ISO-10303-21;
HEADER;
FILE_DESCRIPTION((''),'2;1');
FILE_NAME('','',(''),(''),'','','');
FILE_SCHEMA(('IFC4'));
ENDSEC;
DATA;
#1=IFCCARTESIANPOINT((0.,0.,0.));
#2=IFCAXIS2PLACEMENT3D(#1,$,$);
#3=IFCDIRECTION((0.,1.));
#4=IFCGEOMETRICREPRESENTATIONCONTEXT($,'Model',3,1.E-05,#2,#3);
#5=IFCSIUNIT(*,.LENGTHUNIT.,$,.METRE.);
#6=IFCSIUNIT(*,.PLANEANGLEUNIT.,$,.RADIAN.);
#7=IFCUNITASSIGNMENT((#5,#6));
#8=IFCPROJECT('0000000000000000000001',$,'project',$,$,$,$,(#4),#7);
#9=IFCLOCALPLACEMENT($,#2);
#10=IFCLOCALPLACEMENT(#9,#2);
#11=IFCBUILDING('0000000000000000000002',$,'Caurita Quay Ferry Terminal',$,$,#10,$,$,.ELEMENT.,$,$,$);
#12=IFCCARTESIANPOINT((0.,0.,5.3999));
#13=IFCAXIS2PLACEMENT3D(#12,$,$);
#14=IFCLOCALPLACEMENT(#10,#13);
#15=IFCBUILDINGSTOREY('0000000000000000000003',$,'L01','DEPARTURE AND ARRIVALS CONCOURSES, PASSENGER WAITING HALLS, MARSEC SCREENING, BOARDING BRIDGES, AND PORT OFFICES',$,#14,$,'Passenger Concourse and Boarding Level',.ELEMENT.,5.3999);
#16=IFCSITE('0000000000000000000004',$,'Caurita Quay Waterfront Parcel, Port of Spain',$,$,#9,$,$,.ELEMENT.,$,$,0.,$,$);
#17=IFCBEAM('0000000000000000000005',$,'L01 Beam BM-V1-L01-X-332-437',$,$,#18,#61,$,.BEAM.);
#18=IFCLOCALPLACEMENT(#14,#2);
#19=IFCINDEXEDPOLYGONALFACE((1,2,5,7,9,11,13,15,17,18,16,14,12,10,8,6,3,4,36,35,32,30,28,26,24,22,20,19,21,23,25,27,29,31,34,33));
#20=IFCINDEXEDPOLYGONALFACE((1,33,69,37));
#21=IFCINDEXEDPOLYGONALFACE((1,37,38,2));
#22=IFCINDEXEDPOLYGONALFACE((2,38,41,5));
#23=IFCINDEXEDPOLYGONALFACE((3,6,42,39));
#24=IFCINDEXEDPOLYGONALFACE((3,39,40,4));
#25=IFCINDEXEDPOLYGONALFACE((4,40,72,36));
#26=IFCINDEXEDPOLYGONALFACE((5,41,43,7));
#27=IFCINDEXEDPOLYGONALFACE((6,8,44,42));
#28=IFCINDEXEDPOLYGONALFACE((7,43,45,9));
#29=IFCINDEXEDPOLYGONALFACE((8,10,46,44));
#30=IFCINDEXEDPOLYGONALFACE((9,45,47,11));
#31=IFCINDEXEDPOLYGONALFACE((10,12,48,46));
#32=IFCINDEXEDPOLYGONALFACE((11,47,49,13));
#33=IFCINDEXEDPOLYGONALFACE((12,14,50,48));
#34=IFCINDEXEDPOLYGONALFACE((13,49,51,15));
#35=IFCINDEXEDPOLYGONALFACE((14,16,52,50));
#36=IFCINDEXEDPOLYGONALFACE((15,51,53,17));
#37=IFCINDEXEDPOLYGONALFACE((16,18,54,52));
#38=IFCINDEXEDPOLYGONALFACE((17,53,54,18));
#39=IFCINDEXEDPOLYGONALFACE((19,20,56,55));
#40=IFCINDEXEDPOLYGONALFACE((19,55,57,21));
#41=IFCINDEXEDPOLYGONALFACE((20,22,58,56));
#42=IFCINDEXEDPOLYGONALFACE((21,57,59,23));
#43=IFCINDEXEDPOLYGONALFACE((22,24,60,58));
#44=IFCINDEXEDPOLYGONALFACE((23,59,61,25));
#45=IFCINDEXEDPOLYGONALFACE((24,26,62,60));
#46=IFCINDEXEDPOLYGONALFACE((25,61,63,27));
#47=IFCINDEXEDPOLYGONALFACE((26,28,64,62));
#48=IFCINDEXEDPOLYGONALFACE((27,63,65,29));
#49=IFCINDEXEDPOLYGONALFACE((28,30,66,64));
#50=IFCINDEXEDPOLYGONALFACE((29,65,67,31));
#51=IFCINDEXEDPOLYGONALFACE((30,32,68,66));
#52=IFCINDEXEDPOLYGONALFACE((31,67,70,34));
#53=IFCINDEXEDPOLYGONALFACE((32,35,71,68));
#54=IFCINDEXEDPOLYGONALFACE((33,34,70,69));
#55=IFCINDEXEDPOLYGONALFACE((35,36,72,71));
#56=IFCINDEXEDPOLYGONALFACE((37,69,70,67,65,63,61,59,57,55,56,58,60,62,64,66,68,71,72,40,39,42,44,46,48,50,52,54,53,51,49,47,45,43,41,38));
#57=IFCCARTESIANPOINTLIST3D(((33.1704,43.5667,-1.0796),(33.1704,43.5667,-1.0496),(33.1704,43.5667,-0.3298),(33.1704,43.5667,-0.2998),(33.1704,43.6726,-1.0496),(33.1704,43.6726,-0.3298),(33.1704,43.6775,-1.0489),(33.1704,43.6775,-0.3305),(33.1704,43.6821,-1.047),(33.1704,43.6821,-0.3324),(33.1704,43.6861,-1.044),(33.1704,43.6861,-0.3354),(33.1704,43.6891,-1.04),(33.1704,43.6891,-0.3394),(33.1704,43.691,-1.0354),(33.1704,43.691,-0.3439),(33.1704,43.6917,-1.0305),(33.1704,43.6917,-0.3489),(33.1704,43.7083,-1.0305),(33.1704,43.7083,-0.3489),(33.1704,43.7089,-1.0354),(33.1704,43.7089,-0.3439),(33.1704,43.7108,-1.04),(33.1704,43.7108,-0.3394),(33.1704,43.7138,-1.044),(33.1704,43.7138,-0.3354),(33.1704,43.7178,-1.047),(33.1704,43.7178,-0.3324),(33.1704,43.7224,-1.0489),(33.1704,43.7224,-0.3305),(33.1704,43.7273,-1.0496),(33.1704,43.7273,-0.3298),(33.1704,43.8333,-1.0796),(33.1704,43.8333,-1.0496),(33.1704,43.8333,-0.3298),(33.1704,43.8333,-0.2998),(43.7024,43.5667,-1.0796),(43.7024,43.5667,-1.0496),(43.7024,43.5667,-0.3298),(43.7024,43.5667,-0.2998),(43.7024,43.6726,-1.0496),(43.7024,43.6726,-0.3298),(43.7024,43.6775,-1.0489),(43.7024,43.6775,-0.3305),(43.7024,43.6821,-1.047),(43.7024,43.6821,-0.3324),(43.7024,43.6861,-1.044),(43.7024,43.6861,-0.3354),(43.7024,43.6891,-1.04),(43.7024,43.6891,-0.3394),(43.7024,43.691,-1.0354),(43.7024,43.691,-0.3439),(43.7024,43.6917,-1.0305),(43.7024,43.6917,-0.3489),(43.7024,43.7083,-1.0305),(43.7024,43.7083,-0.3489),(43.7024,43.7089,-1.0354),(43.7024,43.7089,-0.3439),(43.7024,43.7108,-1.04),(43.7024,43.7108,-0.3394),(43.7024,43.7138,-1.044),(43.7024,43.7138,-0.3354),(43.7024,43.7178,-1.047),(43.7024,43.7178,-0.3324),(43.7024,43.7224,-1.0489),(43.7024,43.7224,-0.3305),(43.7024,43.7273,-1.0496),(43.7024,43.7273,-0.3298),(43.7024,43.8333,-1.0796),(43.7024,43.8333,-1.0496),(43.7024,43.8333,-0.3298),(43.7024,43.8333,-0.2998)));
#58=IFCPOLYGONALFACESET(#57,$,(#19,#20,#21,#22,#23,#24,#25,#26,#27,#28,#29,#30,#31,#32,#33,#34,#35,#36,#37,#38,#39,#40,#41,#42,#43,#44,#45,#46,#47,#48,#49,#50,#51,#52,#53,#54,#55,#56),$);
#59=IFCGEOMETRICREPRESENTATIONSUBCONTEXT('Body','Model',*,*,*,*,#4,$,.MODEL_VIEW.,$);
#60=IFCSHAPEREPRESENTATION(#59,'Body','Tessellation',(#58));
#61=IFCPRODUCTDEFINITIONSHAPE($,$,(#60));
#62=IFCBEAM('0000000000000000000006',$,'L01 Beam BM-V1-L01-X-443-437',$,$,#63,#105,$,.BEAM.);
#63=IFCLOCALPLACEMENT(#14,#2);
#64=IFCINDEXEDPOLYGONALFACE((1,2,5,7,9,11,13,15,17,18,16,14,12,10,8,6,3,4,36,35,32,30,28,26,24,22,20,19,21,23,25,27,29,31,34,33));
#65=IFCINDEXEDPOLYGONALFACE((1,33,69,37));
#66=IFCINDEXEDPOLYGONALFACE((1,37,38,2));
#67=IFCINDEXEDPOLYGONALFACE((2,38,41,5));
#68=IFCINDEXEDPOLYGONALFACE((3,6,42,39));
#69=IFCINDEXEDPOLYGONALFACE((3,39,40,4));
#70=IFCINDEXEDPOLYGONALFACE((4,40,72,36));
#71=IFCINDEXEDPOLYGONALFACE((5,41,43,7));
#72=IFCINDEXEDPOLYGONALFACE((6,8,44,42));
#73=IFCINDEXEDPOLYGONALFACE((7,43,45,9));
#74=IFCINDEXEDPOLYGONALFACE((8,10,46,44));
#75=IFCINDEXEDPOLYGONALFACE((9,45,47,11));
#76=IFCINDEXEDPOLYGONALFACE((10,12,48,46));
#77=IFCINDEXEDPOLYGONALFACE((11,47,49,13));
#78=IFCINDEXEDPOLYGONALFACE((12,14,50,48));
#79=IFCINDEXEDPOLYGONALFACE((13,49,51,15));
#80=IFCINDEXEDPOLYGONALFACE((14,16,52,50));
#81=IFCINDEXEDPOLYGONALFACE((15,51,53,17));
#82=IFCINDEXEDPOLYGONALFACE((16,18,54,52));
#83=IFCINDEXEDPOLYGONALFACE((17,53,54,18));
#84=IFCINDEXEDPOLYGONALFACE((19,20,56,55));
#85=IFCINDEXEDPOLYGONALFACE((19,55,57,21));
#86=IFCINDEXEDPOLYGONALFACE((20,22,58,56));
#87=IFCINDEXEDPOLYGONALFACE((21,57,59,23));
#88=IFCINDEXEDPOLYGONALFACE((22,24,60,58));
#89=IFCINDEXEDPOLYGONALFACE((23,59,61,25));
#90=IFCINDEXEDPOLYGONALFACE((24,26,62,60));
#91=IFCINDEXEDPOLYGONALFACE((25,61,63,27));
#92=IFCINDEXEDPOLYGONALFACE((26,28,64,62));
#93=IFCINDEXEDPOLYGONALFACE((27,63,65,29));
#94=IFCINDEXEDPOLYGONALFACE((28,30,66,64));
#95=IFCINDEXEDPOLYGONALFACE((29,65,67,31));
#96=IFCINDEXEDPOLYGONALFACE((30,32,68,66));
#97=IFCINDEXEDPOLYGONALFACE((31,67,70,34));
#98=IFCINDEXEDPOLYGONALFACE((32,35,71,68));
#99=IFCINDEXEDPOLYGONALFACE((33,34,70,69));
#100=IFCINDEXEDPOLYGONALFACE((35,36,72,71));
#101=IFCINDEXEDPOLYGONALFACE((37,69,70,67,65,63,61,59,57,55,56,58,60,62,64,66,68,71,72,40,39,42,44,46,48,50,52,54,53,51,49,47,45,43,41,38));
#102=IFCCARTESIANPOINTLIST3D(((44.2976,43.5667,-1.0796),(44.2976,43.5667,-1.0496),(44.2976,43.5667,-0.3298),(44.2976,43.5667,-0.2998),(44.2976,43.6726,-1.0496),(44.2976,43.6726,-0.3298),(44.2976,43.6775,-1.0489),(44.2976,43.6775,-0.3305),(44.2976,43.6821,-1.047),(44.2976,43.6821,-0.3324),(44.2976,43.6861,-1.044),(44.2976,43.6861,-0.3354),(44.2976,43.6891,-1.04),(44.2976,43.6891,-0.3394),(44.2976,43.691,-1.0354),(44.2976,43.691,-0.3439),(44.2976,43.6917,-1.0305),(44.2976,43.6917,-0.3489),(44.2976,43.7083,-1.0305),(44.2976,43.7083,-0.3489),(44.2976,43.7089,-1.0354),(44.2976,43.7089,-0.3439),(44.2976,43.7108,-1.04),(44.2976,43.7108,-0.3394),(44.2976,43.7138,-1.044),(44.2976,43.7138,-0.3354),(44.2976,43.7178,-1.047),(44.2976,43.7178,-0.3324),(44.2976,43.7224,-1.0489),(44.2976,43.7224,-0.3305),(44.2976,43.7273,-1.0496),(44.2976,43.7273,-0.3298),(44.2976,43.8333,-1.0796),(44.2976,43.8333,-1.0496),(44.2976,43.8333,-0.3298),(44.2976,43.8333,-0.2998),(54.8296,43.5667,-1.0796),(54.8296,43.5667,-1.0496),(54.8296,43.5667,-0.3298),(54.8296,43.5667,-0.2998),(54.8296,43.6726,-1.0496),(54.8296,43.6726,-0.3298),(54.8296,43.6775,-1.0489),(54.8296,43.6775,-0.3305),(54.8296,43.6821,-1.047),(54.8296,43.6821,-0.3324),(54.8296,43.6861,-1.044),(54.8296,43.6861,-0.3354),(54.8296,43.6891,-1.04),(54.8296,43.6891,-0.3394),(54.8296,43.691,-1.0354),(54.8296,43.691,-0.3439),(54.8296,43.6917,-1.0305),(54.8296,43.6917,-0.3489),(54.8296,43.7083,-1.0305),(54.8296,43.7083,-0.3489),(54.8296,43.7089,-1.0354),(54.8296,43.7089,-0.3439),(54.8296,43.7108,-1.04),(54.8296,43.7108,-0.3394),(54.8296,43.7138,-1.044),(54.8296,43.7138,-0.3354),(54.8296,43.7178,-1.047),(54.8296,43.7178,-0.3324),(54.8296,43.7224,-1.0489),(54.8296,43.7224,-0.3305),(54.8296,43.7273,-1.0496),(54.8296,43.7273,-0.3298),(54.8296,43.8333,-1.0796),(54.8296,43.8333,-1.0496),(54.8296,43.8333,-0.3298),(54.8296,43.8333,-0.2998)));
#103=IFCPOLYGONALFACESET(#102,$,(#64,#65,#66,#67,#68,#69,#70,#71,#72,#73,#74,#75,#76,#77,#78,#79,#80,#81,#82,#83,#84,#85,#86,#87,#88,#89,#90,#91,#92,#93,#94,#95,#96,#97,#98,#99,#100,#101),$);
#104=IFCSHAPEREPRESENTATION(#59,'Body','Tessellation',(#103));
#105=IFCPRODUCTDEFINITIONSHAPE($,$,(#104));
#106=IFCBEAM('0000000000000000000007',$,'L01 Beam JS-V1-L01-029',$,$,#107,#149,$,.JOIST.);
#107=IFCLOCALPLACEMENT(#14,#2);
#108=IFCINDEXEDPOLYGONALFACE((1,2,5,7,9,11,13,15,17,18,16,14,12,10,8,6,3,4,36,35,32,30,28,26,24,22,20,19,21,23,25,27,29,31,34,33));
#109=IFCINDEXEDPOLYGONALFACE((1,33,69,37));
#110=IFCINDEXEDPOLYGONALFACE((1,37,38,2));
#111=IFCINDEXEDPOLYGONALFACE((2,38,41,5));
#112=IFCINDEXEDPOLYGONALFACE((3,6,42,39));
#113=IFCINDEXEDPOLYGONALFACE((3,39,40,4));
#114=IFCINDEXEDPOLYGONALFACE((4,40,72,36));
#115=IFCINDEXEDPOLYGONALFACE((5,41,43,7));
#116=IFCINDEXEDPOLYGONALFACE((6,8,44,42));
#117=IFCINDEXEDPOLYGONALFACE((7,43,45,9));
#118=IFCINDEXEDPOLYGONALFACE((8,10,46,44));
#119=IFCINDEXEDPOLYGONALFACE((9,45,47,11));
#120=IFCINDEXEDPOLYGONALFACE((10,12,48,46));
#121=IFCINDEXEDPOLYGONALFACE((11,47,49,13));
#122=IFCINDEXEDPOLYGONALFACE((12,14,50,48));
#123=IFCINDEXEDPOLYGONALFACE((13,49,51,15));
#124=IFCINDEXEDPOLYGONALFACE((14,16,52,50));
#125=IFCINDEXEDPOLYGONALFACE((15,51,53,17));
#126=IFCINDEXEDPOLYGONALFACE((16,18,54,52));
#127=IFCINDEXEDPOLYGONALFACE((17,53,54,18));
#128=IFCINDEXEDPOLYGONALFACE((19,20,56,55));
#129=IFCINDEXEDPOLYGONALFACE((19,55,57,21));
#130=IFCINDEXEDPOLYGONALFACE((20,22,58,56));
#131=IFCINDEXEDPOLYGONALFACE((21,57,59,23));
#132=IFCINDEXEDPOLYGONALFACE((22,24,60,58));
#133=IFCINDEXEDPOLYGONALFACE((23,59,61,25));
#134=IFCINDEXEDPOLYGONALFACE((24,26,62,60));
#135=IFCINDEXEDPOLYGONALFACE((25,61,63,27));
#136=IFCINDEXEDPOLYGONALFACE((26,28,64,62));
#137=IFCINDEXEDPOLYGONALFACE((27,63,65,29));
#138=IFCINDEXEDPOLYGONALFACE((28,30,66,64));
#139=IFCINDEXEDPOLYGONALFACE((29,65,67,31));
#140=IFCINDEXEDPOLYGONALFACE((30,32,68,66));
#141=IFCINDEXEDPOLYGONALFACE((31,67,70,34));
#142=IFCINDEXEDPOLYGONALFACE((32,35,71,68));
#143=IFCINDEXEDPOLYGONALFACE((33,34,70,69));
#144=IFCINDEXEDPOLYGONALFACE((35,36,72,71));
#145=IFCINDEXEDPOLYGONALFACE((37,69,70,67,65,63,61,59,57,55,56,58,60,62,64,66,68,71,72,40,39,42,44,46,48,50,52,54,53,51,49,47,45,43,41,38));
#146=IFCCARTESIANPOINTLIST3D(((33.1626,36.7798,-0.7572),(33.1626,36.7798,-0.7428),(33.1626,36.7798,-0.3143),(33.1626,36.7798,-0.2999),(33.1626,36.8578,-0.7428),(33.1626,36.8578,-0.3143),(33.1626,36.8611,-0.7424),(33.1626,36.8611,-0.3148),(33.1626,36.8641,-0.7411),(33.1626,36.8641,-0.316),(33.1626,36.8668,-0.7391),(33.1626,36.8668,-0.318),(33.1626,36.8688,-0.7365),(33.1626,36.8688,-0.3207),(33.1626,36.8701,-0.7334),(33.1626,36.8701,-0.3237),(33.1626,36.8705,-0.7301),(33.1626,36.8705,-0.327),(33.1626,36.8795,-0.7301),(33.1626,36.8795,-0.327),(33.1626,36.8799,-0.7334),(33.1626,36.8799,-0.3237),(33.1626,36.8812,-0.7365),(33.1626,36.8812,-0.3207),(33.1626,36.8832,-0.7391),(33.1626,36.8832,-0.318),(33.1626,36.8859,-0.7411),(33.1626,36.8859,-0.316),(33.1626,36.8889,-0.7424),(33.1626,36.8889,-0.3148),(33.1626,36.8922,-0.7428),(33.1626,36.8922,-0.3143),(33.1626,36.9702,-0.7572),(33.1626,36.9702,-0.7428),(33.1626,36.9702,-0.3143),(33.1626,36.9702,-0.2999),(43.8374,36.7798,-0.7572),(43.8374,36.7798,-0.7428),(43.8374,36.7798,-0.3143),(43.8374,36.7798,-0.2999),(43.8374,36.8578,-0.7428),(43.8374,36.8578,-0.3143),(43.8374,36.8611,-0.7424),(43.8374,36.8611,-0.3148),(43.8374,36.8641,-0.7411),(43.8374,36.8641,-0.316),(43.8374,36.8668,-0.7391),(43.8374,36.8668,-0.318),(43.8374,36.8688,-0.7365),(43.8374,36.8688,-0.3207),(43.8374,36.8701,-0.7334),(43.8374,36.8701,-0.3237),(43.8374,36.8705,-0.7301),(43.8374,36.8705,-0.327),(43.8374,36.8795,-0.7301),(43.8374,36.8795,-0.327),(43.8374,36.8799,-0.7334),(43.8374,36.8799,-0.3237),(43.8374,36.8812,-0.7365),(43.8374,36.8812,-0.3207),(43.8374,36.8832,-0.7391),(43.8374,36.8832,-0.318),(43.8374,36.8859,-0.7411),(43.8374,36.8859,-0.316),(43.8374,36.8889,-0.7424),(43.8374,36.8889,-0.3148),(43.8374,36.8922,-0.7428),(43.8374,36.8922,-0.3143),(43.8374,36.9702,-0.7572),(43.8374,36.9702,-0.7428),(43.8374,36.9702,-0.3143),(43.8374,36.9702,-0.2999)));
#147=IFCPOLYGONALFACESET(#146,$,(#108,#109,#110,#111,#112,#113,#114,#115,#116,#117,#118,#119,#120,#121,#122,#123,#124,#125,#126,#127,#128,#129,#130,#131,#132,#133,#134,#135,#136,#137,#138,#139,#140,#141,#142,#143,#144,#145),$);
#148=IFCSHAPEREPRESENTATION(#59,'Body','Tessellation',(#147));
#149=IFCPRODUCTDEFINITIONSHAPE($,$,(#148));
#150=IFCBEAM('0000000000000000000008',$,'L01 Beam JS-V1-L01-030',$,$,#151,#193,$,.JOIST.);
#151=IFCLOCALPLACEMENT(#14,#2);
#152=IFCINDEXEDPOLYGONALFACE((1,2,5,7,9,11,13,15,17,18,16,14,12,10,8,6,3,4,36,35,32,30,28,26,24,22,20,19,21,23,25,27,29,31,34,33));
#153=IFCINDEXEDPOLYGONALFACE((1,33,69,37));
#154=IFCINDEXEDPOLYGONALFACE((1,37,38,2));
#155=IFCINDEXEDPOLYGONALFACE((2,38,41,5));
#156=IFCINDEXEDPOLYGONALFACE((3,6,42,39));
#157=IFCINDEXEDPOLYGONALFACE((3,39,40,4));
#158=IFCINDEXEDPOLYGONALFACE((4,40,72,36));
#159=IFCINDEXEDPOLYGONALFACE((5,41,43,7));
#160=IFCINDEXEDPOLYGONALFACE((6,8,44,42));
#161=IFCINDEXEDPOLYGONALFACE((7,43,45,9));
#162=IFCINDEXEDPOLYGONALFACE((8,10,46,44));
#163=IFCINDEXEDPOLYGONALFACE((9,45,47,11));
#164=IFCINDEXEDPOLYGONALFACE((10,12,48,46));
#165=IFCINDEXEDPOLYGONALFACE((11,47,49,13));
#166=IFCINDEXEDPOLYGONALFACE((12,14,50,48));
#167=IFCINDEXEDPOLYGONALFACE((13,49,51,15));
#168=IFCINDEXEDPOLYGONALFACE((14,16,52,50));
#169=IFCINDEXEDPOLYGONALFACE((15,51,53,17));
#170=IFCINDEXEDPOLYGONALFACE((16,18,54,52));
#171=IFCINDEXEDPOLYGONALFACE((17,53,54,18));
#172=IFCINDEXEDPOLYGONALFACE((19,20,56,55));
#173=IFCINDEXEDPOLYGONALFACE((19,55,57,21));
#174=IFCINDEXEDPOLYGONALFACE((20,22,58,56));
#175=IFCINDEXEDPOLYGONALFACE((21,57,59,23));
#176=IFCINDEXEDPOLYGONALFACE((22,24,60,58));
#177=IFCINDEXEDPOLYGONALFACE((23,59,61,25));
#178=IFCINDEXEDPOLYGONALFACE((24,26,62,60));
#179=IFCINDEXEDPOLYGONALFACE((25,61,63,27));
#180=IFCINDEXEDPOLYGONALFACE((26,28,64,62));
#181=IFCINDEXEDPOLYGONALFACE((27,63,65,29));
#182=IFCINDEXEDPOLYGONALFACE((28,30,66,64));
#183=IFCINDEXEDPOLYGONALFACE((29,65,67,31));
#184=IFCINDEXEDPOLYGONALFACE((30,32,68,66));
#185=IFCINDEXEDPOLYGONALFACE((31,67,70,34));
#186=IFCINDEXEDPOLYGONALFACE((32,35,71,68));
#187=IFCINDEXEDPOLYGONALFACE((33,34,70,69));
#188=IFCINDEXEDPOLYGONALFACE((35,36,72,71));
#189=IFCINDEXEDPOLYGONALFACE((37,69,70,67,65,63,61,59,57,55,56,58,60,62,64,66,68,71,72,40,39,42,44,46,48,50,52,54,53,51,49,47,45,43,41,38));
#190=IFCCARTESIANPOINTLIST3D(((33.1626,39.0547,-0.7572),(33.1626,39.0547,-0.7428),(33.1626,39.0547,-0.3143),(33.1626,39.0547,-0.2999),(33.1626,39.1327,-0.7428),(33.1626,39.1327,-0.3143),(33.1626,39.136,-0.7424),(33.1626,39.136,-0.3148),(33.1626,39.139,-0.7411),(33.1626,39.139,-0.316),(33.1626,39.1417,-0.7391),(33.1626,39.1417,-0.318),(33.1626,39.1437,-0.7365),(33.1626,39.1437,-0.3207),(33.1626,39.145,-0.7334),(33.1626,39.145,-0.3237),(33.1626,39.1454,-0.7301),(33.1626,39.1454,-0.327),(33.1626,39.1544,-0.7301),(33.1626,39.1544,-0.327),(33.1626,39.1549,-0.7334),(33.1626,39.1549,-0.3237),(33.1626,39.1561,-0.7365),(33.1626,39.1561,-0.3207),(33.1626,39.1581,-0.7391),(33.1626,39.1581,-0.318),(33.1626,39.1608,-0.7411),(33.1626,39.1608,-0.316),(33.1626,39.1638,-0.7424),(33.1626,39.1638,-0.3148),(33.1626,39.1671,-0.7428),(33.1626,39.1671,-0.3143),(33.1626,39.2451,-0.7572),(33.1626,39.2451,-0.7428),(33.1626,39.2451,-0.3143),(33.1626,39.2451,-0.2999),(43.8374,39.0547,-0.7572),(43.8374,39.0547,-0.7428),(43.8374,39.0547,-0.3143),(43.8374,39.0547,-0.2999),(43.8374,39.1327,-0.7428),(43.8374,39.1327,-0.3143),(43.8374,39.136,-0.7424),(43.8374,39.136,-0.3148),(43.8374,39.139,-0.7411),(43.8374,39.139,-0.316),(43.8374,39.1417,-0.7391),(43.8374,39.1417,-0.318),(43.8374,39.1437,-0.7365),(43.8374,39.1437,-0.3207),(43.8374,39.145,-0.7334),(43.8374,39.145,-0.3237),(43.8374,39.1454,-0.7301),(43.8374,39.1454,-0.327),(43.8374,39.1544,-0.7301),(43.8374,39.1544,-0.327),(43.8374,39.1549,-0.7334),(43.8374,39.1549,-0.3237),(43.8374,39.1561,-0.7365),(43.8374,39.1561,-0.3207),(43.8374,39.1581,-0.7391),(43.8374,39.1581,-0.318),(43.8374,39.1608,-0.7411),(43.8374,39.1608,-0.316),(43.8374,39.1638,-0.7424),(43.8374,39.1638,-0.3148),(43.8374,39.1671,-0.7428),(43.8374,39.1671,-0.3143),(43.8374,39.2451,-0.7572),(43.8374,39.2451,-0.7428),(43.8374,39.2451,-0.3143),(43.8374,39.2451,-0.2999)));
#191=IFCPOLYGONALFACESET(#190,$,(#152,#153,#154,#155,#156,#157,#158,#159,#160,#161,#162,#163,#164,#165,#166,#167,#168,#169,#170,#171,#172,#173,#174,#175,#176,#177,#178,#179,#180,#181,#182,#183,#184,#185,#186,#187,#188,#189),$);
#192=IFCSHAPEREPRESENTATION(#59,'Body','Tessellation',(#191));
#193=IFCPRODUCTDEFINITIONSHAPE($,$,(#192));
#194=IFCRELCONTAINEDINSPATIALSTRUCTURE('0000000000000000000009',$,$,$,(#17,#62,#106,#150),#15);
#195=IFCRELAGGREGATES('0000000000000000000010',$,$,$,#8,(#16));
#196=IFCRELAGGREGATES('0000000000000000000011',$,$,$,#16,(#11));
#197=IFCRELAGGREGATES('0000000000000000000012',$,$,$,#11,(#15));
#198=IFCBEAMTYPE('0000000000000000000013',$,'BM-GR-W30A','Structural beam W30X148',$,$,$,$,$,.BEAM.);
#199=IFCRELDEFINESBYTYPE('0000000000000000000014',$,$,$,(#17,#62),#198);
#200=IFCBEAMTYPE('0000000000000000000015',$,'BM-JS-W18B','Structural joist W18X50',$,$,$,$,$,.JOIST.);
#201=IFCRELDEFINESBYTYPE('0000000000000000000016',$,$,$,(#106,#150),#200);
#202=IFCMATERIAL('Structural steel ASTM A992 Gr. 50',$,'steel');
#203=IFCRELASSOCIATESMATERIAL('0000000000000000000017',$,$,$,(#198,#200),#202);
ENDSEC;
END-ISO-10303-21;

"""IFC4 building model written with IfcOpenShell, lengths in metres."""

from ifc_helpers import new_model, si_unit, direction, frame, origin, origin_2d, place, context, subcontext, project, spatial, i_section, extrude, material, material_profile, profile_set, type_object, element, save


model = new_model("IFC4")

# Units and contexts
model_context = context("Model", 3, precision=1e-05, world=origin(), true_north=direction((0.0, 1.0)))
body_context = subcontext(model_context, "Body", "Model", "MODEL_VIEW")
ifc_project = project(units=[si_unit("LENGTHUNIT", "METRE"), si_unit("PLANEANGLEUNIT", "RADIAN")], contexts=[model_context])

# Site, building, storey
site_placement = place(None, origin())
site = spatial("IfcSite", under=ifc_project, at=site_placement, Name="Caurita Quay Waterfront Parcel, Port of Spain", CompositionType="ELEMENT", RefElevation=0.0)
building_placement = place(site_placement, origin())
building = spatial("IfcBuilding", under=site, at=building_placement, Name="Caurita Quay Ferry Terminal", CompositionType="ELEMENT")
storey_placement = place(building_placement, frame((0.0, 0.0, 5.3999)))
storey = spatial("IfcBuildingStorey", under=building, at=storey_placement, Name="L01", Description="DEPARTURE AND ARRIVALS CONCOURSES, PASSENGER WAITING HALLS, MARSEC SCREENING, BOARDING BRIDGES, AND PORT OFFICES", LongName="Passenger Concourse and Boarding Level", CompositionType="ELEMENT", Elevation=5.3999)

# Beams
ifc_material_1 = material(Name="Structural steel ASTM A992 Gr. 50", Category="steel")
ifc_material_profile_1 = material_profile(ifc_material_1, i_section(OverallWidth=0.2666, OverallDepth=0.7798, WebThickness=0.0166, FlangeThickness=0.03, FilletRadius=0.019, at=origin_2d()), Name="W30X148")
ifc_profile_set_1 = profile_set([ifc_material_profile_1], Name="Structural steel ASTM A992 Gr. 50")
beam_type_1 = type_object("IfcBeamType", Name="BM-GR-W30A", Description="Structural beam W30X148", PredefinedType="BEAM", material=ifc_profile_set_1)
for number, where, z_axis, x_axis, name in (
    (1, (33.1704, 43.7, -0.6897), (1.0, 0.0, 0.0), (0.0, 1.0, 0.0), "L01 Beam BM-V1-L01-X-332-437"),
    (2, (44.2976, 43.7, -0.6897), (1.0, 0.0, 0.0), (0.0, 1.0, 0.0), "L01 Beam BM-V1-L01-X-443-437"),
):
    element("IfcBeam", number, at=place(storey_placement, frame(where, z_axis=z_axis, x_axis=x_axis)), inside=storey, type_object=beam_type_1, Name=name, PredefinedType="BEAM", context=body_context, shape_type="SweptSolid", body=[
        extrude(i_section(OverallWidth=0.2666, OverallDepth=0.7798, WebThickness=0.0166, FlangeThickness=0.03, FilletRadius=0.019, at=origin_2d()), origin(), (0.0, 0.0, 1.0), 10.532),
    ])
ifc_material_profile_2 = material_profile(ifc_material_1, i_section(OverallWidth=0.1904, OverallDepth=0.4573, WebThickness=0.009, FlangeThickness=0.0144, FilletRadius=0.0127, at=origin_2d()), Name="W18X50")
ifc_profile_set_2 = profile_set([ifc_material_profile_2], Name="Structural steel ASTM A992 Gr. 50")
beam_type_2 = type_object("IfcBeamType", Name="BM-JS-W18B", Description="Structural joist W18X50", PredefinedType="JOIST", material=ifc_profile_set_2)
for number, where, z_axis, x_axis, name in (
    (3, (33.1626, 36.875, -0.5286), (1.0, 0.0, 0.0), (0.0, 1.0, 0.0), "L01 Beam JS-V1-L01-029"),
    (4, (33.1626, 39.1499, -0.5286), (1.0, 0.0, 0.0), (0.0, 1.0, 0.0), "L01 Beam JS-V1-L01-030"),
):
    element("IfcBeam", number, at=place(storey_placement, frame(where, z_axis=z_axis, x_axis=x_axis)), inside=storey, type_object=beam_type_2, Name=name, PredefinedType="JOIST", context=body_context, shape_type="SweptSolid", body=[
        extrude(i_section(OverallWidth=0.1904, OverallDepth=0.4573, WebThickness=0.009, FlangeThickness=0.0144, FilletRadius=0.0127, at=origin_2d()), origin(), (0.0, 0.0, 1.0), 10.6748),
    ])

save(model, "model.ifc")
